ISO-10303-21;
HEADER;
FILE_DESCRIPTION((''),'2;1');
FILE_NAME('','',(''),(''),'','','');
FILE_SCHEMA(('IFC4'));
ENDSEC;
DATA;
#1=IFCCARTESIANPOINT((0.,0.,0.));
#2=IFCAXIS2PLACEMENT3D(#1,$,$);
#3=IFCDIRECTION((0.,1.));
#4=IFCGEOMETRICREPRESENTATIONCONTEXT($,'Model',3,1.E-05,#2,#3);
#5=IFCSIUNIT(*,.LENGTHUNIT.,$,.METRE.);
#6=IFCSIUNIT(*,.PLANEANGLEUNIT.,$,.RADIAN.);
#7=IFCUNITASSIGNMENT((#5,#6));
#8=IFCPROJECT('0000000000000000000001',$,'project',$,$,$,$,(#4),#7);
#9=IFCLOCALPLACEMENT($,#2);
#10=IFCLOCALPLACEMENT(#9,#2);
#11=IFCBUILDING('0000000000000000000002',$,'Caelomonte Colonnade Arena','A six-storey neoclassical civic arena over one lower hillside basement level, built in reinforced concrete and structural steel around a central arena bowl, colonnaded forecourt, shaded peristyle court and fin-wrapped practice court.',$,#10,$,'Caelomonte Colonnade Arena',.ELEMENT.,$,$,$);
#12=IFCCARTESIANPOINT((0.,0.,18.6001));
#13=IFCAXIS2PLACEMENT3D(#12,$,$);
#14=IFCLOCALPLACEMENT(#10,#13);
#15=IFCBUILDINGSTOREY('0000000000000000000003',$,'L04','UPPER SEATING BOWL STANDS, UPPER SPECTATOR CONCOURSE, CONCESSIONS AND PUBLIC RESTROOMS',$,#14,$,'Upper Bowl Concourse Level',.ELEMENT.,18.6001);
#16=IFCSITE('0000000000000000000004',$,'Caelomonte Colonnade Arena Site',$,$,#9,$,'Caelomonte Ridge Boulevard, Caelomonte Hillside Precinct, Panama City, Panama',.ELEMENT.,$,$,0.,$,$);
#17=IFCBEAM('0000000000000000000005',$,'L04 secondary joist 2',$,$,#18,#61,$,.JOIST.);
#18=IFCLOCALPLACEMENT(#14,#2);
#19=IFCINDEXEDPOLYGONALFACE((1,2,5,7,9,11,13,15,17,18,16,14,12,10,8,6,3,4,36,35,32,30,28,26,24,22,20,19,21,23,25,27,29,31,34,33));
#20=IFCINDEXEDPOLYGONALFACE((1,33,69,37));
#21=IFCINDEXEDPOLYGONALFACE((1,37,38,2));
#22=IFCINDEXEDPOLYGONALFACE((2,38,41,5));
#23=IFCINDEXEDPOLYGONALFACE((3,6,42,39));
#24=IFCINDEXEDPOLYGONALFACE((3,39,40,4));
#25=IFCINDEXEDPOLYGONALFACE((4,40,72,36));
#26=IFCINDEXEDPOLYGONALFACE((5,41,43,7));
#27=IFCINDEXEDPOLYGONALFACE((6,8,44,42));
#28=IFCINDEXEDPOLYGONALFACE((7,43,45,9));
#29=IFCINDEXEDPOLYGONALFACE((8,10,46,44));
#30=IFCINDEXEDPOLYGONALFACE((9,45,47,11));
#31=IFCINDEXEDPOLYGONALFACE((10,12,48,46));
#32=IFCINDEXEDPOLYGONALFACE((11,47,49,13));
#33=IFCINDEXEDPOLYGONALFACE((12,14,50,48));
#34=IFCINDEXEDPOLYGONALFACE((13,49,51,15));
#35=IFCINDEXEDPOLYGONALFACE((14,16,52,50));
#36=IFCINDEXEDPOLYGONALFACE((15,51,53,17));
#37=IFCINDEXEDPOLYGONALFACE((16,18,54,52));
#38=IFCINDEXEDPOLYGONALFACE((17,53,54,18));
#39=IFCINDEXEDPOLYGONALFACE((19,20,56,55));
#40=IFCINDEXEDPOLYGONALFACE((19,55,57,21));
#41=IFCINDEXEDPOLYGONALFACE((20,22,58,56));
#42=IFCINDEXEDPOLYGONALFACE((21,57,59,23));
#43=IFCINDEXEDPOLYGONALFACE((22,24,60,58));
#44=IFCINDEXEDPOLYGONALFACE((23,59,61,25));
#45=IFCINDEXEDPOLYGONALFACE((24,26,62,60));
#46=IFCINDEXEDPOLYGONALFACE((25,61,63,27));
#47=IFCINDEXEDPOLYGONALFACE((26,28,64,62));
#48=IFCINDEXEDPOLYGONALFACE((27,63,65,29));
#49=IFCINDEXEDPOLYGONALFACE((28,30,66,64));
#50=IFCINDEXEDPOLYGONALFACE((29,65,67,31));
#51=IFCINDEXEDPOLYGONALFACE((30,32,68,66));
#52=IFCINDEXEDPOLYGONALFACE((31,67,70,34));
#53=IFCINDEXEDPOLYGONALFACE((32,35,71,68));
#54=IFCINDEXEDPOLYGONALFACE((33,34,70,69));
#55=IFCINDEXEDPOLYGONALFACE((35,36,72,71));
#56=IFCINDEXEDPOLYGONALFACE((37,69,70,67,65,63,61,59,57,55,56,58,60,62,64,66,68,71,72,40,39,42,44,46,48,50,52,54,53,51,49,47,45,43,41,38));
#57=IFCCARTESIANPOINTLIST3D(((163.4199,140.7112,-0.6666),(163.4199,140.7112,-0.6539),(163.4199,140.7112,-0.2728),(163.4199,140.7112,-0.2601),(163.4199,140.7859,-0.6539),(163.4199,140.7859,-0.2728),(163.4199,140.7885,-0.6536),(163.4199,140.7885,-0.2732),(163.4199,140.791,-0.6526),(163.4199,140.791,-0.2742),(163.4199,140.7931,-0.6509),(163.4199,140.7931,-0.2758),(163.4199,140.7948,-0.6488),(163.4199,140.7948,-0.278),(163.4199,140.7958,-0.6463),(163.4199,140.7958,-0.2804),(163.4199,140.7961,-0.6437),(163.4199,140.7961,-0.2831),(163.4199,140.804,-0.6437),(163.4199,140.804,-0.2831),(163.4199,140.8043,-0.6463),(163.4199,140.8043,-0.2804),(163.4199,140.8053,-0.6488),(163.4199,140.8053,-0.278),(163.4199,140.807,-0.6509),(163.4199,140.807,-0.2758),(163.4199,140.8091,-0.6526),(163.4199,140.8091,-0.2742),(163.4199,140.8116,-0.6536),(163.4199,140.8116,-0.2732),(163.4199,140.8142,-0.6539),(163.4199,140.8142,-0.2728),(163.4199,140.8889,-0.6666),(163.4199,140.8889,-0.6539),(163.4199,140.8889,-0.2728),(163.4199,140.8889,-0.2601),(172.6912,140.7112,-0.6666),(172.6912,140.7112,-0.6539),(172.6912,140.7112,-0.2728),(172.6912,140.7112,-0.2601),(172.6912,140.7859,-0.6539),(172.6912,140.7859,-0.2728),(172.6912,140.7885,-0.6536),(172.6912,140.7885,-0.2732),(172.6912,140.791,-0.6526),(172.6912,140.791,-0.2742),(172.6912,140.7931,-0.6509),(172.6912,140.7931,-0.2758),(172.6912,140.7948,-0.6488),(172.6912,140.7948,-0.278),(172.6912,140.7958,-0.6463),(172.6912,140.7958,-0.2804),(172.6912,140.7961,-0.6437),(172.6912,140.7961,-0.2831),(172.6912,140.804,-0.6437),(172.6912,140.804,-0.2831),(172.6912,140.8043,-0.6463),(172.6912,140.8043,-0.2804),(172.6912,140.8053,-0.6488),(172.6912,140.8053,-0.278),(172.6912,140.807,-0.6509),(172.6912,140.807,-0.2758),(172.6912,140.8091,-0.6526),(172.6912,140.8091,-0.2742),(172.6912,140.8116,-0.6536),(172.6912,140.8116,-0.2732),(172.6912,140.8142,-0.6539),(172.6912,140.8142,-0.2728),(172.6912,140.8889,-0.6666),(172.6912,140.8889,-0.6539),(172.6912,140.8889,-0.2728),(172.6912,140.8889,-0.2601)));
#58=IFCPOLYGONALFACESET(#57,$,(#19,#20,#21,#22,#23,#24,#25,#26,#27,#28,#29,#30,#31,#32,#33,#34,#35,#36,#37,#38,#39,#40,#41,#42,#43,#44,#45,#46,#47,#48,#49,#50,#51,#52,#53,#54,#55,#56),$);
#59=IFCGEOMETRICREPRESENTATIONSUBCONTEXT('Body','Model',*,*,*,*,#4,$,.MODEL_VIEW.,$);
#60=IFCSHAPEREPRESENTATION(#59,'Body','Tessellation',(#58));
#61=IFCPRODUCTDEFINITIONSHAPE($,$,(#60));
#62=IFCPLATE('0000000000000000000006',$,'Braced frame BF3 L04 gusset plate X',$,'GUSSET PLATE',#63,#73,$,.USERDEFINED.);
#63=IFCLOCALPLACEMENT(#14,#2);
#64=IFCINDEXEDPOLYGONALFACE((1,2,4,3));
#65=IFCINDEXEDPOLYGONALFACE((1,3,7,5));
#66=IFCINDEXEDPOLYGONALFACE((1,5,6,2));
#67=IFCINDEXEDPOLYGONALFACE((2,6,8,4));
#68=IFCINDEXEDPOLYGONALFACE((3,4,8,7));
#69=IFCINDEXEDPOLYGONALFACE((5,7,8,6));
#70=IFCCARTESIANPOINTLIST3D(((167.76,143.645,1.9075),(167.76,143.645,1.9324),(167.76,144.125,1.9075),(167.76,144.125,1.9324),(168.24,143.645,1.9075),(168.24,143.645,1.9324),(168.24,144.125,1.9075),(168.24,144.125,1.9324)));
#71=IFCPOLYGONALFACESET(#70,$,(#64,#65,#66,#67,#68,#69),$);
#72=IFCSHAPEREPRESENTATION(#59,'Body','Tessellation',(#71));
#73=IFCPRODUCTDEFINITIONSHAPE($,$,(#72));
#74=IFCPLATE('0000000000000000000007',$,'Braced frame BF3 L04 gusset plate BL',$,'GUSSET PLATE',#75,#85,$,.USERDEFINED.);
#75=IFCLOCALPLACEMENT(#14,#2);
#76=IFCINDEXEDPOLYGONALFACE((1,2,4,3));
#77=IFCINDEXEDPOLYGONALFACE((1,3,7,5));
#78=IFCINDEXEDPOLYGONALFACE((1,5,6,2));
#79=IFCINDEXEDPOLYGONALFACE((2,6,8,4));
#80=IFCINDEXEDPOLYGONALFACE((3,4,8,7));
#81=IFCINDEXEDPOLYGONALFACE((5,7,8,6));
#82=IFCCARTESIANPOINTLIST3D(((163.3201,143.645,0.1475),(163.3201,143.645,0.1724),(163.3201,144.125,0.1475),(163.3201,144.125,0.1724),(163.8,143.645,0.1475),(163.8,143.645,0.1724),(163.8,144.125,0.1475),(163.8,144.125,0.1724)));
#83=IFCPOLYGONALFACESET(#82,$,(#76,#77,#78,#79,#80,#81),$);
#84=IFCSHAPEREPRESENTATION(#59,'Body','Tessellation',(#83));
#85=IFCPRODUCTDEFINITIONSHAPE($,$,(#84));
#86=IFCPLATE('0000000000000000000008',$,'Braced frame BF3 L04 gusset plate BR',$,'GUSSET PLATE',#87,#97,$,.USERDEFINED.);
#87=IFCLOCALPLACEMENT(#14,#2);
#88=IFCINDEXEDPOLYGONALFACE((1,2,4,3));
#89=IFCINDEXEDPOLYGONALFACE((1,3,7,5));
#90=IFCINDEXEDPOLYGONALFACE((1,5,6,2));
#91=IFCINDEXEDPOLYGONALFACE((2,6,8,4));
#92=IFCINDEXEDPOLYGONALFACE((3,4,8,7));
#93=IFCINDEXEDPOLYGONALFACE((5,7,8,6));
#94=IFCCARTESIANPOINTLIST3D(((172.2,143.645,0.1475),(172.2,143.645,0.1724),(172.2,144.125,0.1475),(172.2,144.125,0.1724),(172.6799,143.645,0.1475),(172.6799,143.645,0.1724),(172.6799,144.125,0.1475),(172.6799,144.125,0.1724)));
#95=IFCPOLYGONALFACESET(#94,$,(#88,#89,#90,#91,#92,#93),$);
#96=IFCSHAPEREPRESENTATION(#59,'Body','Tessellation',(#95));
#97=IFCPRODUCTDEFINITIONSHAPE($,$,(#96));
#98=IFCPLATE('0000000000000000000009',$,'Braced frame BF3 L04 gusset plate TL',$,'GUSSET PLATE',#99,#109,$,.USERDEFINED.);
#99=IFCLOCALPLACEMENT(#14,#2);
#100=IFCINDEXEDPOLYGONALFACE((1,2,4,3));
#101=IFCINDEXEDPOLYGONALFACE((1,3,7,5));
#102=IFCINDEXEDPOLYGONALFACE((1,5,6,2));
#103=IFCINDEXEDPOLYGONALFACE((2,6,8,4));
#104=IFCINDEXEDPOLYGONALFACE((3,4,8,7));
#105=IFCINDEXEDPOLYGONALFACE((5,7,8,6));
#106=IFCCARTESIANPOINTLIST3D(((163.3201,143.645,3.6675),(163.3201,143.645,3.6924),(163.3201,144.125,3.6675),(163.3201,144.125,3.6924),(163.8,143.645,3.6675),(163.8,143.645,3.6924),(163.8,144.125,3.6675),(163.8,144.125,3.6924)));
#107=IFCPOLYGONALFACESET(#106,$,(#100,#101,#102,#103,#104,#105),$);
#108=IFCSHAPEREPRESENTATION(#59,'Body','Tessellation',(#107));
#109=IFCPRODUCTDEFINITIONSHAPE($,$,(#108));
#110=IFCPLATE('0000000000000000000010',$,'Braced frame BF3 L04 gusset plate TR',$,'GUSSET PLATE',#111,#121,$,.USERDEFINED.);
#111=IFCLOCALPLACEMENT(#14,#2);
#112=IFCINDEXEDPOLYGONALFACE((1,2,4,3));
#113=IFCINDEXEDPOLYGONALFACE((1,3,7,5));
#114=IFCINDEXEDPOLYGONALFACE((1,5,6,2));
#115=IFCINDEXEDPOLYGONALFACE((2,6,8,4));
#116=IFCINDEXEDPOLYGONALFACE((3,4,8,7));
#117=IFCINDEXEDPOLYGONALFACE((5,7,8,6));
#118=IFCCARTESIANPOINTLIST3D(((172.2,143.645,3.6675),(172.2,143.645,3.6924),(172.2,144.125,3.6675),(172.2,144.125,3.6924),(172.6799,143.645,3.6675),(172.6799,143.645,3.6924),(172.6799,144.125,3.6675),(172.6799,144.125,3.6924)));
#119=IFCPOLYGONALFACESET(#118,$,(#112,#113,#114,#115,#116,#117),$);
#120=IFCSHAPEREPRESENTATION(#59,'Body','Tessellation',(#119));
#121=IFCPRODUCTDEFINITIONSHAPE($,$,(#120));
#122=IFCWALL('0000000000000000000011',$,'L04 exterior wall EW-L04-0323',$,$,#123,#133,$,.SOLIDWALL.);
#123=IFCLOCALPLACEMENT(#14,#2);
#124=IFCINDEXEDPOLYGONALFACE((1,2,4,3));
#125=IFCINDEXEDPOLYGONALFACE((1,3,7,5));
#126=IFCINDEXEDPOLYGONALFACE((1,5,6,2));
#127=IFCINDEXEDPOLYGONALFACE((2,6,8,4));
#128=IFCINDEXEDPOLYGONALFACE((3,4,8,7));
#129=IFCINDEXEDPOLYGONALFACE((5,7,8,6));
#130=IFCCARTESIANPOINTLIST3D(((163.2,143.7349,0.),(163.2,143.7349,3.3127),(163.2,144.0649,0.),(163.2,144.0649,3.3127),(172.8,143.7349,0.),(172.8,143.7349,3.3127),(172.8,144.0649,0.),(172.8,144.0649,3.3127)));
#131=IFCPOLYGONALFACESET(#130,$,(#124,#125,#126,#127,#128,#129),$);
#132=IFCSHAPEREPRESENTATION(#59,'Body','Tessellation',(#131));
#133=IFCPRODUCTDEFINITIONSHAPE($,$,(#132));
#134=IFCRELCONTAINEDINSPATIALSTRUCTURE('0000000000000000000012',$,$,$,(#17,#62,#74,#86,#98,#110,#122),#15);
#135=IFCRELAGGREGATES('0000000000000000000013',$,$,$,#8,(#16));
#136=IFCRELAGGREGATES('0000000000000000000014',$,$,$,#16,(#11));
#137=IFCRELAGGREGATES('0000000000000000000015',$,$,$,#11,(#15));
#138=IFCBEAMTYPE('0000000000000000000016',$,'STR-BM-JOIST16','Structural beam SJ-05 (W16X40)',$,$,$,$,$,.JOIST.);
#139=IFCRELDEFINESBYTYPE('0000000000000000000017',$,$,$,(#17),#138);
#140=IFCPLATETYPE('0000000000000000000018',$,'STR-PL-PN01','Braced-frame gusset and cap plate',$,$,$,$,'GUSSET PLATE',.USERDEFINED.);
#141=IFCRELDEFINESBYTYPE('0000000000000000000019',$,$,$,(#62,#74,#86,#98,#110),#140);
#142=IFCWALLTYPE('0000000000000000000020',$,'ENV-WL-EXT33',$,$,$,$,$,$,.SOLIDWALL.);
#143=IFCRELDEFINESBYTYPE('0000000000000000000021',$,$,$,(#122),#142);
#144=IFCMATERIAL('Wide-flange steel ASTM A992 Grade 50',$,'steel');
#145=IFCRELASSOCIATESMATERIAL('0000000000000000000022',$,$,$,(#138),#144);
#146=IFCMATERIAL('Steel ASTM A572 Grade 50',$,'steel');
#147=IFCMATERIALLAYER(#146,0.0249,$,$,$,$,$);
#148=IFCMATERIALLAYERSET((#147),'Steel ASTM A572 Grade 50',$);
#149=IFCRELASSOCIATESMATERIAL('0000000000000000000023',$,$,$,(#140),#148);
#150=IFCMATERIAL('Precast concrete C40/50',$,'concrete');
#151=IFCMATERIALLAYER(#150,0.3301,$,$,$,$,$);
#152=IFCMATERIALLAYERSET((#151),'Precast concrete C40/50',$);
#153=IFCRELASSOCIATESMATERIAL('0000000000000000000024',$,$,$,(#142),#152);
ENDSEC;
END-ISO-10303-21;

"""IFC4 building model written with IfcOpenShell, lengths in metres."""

from ifc_helpers import new_model, si_unit, direction, frame, frame_2d, origin, origin_2d, place, context, subcontext, project, spatial, rectangle, i_section, extrude, material, layer, layer_set, material_profile, profile_set, type_object, element, save


model = new_model("IFC4")

# Units and contexts
model_context = context("Model", 3, precision=1e-05, world=origin(), true_north=direction((0.0, 1.0)))
body_context = subcontext(model_context, "Body", "Model", "MODEL_VIEW")
ifc_project = project(units=[si_unit("LENGTHUNIT", "METRE"), si_unit("PLANEANGLEUNIT", "RADIAN")], contexts=[model_context])

# Site, building, storey
site_placement = place(None, origin())
site = spatial("IfcSite", under=ifc_project, at=site_placement, Name="Caelomonte Colonnade Arena Site", LongName="Caelomonte Ridge Boulevard, Caelomonte Hillside Precinct, Panama City, Panama", CompositionType="ELEMENT", RefElevation=0.0)
building_placement = place(site_placement, origin())
building = spatial("IfcBuilding", under=site, at=building_placement, Name="Caelomonte Colonnade Arena", Description="A six-storey neoclassical civic arena over one lower hillside basement level, built in reinforced concrete and structural steel around a central arena bowl, colonnaded forecourt, shaded peristyle court and fin-wrapped practice court.", LongName="Caelomonte Colonnade Arena", CompositionType="ELEMENT")
storey_placement = place(building_placement, frame((0.0, 0.0, 18.6001)))
storey = spatial("IfcBuildingStorey", under=building, at=storey_placement, Name="L04", Description="UPPER SEATING BOWL STANDS, UPPER SPECTATOR CONCOURSE, CONCESSIONS AND PUBLIC RESTROOMS", LongName="Upper Bowl Concourse Level", CompositionType="ELEMENT", Elevation=18.6001)

# Shared definitions
ifc_material_1 = material(Name="Wide-flange steel ASTM A992 Grade 50", Category="steel")

# Beam
ifc_material_profile_1 = material_profile(ifc_material_1, i_section(OverallWidth=0.1777, OverallDepth=0.4065, WebThickness=0.0078, FlangeThickness=0.0127, FilletRadius=0.0103, at=origin_2d()), Name="W16X40")
ifc_profile_set_1 = profile_set([ifc_material_profile_1], Name="Wide-flange steel ASTM A992 Grade 50")
beam_type_1 = type_object("IfcBeamType", Name="STR-BM-JOIST16", Description="Structural beam SJ-05 (W16X40)", PredefinedType="JOIST", material=ifc_profile_set_1)
for number, where, z_axis, x_axis, name in (
    (1, (163.4199, 140.8, -0.4634), (1.0, 0.0, 0.0), (0.0, 1.0, 0.0), "L04 secondary joist 2"),
):
    element("IfcBeam", number, at=place(storey_placement, frame(where, z_axis=z_axis, x_axis=x_axis)), inside=storey, type_object=beam_type_1, Name=name, PredefinedType="JOIST", context=body_context, shape_type="SweptSolid", body=[
        extrude(i_section(OverallWidth=0.1777, OverallDepth=0.4065, WebThickness=0.0078, FlangeThickness=0.0127, FilletRadius=0.0103, at=origin_2d()), origin(), (0.0, 0.0, 1.0), 9.2712),
    ])

# Plates
ifc_material_2 = material(Name="Steel ASTM A572 Grade 50", Category="steel")
ifc_layer_1 = layer(ifc_material_2, 0.0249)
ifc_layer_set_1 = layer_set([ifc_layer_1], Name="Steel ASTM A572 Grade 50")
plate_type = type_object("IfcPlateType", Name="STR-PL-PN01", Description="Braced-frame gusset and cap plate", ElementType="GUSSET PLATE", PredefinedType="USERDEFINED", material=ifc_layer_set_1)
for number, where, z_axis, x_axis, name in (
    (2, (168.0, 143.885, 1.9075), (0.0, 0.0, 1.0), (1.0, 0.0, 0.0), "Braced frame BF3 L04 gusset plate X"),
    (3, (163.5601, 143.885, 0.1475), (0.0, 0.0, 1.0), (1.0, 0.0, 0.0), "Braced frame BF3 L04 gusset plate BL"),
    (4, (172.4399, 143.885, 0.1475), (0.0, 0.0, 1.0), (1.0, 0.0, 0.0), "Braced frame BF3 L04 gusset plate BR"),
    (5, (163.5601, 143.885, 3.6675), (0.0, 0.0, 1.0), (1.0, 0.0, 0.0), "Braced frame BF3 L04 gusset plate TL"),
    (6, (172.4399, 143.885, 3.6675), (0.0, 0.0, 1.0), (1.0, 0.0, 0.0), "Braced frame BF3 L04 gusset plate TR"),
):
    element("IfcPlate", number, at=place(storey_placement, frame(where, z_axis=z_axis, x_axis=x_axis)), inside=storey, type_object=plate_type, Name=name, ObjectType="GUSSET PLATE", PredefinedType="USERDEFINED", context=body_context, shape_type="SweptSolid", body=[
        extrude(rectangle(XDim=0.48, YDim=0.48, at=origin_2d()), origin(), (0.0, 0.0, 1.0), 0.0249),
    ])

# Wall
ifc_material_3 = material(Name="Precast concrete C40/50", Category="concrete")
ifc_layer_2 = layer(ifc_material_3, 0.3301)
ifc_layer_set_2 = layer_set([ifc_layer_2], Name="Precast concrete C40/50")
wall_type = type_object("IfcWallType", Name="ENV-WL-EXT33", PredefinedType="SOLIDWALL", material=ifc_layer_set_2)
wall_placement = place(storey_placement, frame((172.8, 143.8999, 0.0), z_axis=(0.0, 0.0, 1.0), x_axis=(-1.0, 0.0, 0.0)))
element("IfcWall", 7, at=wall_placement, inside=storey, type_object=wall_type, Name="L04 exterior wall EW-L04-0323", PredefinedType="SOLIDWALL", context=body_context, shape_type="SweptSolid", body=[
    extrude(rectangle(XDim=9.6001, YDim=0.3301, at=frame_2d((4.8, 0.0))), origin(), (0.0, 0.0, 1.0), 3.3127),
])

save(model, "model.ifc")
